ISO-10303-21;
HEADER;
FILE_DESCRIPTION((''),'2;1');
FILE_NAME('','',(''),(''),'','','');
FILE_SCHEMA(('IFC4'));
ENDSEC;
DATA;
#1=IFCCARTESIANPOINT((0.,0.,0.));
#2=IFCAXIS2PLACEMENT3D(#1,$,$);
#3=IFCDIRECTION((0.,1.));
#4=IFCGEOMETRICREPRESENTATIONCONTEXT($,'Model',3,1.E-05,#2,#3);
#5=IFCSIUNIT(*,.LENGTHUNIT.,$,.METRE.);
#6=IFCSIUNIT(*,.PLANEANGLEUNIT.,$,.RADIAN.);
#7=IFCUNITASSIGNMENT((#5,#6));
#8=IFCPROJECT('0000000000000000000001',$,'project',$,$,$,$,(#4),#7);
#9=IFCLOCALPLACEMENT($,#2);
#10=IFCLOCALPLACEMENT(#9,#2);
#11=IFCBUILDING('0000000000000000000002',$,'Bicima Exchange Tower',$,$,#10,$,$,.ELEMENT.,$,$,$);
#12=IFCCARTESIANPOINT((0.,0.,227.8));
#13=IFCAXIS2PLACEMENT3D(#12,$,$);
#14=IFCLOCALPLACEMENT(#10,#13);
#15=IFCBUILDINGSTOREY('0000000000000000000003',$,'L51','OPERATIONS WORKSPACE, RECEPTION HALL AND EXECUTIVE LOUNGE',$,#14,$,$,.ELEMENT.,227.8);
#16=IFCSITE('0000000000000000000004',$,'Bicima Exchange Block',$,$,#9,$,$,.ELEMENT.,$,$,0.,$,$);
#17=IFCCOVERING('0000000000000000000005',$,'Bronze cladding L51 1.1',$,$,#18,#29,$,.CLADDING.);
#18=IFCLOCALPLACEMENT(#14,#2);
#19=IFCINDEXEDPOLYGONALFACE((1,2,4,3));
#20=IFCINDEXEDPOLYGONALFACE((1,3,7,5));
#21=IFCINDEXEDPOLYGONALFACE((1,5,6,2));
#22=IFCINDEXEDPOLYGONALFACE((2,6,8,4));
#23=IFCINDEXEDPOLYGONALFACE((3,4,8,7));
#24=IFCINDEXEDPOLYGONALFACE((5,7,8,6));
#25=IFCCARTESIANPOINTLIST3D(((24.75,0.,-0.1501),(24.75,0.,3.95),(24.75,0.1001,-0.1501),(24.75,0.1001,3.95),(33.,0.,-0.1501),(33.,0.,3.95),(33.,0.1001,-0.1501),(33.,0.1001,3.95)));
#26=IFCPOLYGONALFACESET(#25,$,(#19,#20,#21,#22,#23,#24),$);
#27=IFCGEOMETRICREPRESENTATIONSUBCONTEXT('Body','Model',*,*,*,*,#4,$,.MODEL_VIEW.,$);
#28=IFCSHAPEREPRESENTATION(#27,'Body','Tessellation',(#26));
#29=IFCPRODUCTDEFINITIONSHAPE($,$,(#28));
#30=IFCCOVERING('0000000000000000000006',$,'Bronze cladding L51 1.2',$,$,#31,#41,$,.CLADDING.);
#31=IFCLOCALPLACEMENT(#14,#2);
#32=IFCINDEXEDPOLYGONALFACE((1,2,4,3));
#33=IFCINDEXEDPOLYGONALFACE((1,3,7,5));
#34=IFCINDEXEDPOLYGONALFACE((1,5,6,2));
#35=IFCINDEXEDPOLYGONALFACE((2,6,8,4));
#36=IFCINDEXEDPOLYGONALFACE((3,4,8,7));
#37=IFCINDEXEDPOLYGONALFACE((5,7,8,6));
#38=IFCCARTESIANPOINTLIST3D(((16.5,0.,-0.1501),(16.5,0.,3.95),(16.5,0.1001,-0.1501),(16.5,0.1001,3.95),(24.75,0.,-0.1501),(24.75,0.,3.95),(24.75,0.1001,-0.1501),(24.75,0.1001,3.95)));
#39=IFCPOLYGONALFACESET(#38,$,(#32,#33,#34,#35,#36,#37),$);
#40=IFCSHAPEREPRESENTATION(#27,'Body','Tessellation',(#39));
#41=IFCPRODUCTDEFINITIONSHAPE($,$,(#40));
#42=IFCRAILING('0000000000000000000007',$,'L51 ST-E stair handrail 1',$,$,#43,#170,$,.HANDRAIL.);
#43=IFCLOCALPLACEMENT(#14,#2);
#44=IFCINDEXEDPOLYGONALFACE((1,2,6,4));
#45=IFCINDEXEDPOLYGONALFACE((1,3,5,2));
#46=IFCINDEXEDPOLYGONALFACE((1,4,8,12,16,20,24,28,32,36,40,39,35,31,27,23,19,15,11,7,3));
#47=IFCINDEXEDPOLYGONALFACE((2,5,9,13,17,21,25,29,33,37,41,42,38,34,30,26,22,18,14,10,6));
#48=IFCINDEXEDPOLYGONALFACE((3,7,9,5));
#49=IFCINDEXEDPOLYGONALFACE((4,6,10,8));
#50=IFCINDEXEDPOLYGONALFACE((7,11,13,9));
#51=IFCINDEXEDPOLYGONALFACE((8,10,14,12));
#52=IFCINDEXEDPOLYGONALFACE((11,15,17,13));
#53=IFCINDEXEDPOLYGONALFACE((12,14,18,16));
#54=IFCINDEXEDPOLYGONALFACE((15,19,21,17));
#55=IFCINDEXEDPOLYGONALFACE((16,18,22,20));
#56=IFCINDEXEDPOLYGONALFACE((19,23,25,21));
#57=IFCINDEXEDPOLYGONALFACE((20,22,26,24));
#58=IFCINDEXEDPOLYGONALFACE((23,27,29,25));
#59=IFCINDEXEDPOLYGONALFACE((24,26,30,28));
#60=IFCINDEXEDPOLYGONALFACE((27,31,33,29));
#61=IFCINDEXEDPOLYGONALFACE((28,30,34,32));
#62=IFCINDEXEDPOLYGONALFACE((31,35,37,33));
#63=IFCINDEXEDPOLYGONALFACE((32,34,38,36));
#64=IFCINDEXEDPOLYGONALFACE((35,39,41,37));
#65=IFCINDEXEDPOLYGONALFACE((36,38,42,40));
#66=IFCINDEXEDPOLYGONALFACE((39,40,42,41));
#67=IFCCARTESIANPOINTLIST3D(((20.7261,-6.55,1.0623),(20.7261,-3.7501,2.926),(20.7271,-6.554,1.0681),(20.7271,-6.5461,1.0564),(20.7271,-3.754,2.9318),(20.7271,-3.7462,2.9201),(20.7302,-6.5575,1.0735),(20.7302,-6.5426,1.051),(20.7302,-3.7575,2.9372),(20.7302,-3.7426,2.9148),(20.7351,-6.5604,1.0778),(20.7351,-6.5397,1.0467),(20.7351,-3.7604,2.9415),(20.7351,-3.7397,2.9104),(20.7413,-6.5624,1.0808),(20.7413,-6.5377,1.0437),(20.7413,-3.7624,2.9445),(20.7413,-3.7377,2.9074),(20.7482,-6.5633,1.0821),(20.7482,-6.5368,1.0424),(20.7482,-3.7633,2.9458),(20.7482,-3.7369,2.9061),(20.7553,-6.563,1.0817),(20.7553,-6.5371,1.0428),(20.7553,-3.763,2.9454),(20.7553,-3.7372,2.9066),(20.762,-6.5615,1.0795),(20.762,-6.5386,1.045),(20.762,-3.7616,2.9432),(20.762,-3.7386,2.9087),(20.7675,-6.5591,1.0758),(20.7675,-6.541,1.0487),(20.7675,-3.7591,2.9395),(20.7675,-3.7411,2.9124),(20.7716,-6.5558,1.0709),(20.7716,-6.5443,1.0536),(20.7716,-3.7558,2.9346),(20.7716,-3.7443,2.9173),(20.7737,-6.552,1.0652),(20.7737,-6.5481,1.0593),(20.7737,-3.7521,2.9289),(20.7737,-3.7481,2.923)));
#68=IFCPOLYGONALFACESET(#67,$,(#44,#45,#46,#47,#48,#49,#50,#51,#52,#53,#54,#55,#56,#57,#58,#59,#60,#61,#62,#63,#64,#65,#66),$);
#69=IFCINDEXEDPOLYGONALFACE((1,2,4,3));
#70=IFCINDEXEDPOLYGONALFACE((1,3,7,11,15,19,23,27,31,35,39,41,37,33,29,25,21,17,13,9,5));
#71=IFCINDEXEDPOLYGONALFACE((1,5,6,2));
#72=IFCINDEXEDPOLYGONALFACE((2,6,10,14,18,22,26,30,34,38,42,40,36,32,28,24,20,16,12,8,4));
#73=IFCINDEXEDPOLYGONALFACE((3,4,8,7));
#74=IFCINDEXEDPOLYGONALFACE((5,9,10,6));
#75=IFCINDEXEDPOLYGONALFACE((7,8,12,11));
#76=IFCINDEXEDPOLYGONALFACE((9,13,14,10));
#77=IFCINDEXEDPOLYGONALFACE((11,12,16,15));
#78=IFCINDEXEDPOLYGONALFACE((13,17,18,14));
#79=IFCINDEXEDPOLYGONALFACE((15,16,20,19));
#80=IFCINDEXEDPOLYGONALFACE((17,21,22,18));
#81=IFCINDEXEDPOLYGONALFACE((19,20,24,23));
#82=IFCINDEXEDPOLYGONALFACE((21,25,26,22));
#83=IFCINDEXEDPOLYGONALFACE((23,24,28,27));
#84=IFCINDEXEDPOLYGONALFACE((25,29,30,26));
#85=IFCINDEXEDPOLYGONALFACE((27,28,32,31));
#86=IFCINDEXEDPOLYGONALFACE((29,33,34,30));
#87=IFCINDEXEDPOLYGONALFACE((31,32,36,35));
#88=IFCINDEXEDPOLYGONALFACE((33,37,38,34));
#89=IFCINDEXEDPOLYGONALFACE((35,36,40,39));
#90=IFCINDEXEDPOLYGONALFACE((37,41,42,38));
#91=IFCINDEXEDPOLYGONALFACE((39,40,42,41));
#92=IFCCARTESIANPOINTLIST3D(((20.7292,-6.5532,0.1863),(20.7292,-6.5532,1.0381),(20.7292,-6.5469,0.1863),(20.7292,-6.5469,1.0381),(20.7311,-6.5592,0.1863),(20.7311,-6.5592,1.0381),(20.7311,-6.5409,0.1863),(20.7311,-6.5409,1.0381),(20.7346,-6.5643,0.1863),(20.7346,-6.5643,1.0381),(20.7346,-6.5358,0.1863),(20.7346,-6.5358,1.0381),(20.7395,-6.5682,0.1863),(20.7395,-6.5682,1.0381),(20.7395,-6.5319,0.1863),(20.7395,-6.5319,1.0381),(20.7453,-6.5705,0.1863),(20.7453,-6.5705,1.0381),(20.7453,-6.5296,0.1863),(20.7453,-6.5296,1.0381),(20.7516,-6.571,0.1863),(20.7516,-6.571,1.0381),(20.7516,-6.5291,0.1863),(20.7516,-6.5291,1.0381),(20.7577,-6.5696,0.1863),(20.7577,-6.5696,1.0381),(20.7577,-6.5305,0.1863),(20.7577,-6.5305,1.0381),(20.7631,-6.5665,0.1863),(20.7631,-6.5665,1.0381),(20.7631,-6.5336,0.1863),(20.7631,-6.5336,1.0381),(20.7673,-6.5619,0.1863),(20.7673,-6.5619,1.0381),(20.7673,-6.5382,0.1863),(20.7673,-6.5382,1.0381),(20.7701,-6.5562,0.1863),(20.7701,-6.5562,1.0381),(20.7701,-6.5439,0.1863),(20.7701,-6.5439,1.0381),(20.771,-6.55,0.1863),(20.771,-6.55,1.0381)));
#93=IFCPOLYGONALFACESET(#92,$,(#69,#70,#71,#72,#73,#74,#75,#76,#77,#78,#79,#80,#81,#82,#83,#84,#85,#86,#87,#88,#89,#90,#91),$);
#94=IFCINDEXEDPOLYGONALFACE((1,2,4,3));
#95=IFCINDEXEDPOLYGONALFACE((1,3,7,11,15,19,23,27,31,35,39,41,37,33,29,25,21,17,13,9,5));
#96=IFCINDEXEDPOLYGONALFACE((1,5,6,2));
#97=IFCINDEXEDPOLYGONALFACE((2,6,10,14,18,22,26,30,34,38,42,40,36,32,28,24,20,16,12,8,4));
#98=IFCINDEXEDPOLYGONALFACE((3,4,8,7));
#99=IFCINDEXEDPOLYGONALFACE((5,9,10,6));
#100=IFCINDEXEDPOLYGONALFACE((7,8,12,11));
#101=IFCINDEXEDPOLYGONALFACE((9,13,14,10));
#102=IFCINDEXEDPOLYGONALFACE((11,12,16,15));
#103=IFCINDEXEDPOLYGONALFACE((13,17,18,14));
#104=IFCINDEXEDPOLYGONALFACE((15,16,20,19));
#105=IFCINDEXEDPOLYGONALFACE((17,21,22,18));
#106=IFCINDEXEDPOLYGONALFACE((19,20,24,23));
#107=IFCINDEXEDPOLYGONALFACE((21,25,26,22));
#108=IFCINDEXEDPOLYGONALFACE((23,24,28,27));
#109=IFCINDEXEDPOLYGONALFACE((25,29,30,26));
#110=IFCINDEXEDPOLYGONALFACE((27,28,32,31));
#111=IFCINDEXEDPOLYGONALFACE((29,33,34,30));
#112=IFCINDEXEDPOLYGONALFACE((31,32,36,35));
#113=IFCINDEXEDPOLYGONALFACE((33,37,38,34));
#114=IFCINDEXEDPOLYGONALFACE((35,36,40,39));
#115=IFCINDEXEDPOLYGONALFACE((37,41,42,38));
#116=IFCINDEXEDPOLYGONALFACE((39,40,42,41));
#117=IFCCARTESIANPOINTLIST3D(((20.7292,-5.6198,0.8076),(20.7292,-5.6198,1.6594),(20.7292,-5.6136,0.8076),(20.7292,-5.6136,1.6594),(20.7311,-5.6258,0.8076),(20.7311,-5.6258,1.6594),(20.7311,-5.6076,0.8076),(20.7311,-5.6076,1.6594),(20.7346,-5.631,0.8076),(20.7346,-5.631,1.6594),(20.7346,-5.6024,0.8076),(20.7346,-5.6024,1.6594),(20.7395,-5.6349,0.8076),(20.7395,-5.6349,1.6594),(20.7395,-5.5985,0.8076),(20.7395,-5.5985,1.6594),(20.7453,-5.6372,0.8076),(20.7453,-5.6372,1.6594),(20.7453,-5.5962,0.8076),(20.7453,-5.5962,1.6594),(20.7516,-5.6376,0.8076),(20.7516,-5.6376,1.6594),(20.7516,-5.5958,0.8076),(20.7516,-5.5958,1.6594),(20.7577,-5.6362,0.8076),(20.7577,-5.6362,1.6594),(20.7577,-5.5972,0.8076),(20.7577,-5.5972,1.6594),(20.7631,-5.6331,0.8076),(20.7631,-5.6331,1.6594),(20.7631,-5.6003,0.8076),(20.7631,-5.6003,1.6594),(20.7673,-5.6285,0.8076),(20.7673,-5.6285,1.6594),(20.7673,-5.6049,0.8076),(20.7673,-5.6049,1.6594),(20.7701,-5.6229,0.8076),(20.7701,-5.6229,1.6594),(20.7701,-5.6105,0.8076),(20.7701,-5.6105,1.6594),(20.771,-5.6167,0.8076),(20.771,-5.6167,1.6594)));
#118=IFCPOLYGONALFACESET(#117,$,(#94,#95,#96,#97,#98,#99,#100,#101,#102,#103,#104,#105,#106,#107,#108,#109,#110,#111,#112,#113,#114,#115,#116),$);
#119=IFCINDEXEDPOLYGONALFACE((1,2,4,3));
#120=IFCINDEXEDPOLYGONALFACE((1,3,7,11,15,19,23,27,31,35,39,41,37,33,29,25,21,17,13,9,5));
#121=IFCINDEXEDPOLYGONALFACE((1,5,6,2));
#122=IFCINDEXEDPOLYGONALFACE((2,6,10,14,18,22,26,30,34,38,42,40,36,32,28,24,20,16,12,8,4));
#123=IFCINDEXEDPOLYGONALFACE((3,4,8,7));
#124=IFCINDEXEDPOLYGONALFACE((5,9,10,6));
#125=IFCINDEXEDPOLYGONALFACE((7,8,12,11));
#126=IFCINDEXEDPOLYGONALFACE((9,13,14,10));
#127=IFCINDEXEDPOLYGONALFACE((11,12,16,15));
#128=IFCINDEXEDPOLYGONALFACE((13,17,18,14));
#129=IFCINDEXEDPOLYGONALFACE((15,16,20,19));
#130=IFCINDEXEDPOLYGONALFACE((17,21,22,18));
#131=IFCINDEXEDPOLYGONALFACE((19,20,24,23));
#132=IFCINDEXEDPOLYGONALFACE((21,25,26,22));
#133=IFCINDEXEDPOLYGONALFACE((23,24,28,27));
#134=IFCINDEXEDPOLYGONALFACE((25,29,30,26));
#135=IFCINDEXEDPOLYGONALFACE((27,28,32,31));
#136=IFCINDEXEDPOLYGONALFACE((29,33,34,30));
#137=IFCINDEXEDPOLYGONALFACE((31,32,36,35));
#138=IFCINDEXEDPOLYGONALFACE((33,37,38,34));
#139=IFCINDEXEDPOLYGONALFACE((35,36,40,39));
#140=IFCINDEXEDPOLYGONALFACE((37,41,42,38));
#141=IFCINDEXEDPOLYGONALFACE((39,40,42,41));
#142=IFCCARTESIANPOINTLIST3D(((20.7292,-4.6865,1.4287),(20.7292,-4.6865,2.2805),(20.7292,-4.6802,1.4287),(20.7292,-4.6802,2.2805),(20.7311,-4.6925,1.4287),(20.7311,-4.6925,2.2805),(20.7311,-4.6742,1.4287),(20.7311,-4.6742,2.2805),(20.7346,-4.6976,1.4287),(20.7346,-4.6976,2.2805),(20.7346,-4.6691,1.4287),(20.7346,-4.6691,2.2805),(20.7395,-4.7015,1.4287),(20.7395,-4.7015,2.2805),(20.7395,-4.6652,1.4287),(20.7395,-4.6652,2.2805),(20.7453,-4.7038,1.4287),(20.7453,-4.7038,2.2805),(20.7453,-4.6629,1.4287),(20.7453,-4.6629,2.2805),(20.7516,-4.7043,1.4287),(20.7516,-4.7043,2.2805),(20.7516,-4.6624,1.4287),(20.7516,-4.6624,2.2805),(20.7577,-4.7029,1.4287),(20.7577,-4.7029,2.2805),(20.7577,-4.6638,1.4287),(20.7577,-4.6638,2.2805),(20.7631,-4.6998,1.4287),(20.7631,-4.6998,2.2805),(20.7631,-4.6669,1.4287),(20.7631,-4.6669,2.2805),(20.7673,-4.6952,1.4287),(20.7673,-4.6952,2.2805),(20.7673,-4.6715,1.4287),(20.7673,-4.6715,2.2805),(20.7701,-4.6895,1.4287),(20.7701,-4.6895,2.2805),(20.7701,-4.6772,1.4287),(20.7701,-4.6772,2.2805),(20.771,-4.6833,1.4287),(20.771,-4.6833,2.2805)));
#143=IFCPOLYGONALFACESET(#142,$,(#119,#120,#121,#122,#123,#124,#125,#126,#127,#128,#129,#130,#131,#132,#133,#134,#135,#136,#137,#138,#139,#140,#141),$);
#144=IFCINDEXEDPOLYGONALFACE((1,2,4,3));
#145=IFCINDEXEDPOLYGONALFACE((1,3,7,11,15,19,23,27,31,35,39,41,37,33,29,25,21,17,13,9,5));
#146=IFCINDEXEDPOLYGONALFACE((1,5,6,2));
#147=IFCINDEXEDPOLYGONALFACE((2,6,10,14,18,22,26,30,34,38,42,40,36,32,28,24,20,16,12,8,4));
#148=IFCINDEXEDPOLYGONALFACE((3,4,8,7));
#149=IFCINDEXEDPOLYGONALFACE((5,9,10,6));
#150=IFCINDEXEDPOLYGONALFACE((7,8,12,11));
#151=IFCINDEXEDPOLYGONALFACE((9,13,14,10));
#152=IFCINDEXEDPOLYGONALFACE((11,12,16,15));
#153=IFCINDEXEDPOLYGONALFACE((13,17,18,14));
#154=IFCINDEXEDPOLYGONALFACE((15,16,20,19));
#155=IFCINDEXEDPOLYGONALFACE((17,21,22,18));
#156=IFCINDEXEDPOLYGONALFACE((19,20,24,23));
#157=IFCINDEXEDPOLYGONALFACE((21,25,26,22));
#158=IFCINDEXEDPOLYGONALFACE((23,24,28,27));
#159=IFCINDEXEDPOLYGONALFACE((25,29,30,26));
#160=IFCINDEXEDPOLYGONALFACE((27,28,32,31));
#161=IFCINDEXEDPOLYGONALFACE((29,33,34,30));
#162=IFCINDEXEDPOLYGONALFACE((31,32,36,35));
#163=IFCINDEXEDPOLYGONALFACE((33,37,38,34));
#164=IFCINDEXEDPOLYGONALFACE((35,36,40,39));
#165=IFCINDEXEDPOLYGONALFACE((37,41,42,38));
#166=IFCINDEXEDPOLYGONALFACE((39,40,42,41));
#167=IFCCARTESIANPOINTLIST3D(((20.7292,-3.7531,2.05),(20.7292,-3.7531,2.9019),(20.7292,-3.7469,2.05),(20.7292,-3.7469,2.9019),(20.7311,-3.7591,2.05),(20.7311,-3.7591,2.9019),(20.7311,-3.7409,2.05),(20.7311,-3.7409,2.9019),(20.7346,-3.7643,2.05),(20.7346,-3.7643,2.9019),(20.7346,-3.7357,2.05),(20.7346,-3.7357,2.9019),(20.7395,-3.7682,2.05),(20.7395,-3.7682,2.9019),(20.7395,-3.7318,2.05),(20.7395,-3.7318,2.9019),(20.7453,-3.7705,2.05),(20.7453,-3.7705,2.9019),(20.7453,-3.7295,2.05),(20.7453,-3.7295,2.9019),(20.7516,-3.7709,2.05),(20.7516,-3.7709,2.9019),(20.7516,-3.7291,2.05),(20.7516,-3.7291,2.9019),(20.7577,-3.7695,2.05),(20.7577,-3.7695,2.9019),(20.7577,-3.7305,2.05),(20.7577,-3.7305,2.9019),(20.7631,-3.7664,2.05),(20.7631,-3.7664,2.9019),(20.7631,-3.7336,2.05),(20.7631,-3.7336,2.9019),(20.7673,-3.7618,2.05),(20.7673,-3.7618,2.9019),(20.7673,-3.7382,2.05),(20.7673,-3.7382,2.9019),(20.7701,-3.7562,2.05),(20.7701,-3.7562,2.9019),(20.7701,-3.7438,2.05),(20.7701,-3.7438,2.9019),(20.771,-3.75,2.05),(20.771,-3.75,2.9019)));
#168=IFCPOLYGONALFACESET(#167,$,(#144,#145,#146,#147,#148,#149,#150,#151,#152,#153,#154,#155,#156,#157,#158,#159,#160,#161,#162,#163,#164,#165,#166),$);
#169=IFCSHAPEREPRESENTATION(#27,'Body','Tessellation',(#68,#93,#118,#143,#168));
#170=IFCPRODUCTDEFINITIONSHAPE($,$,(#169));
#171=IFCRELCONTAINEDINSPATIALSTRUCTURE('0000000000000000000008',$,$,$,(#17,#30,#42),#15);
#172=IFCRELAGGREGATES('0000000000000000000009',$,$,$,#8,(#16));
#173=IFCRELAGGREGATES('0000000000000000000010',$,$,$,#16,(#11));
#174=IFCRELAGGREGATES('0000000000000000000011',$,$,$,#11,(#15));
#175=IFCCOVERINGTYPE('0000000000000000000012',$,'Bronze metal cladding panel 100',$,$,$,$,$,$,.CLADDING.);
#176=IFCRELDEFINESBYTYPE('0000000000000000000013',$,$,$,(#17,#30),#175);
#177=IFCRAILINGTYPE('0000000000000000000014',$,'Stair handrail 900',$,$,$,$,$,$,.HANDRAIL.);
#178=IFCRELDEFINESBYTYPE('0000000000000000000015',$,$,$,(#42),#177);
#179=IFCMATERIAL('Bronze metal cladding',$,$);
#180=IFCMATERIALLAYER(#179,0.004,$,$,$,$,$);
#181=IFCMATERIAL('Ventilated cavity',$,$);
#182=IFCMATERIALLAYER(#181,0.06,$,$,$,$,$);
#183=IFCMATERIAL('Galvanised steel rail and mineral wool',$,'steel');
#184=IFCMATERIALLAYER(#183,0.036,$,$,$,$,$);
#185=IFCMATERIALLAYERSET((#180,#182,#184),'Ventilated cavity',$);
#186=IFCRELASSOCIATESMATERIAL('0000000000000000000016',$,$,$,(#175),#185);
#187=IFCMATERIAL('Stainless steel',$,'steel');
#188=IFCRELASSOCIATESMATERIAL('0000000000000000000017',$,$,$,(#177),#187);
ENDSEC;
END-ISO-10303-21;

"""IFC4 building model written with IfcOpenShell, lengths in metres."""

from ifc_helpers import new_model, si_unit, direction, frame, origin, origin_2d, place, context, subcontext, project, spatial, rectangle, circle, extrude, material, layer, layer_set, type_object, element, save


model = new_model("IFC4")

# Units and contexts
model_context = context("Model", 3, precision=1e-05, world=origin(), true_north=direction((0.0, 1.0)))
body_context = subcontext(model_context, "Body", "Model", "MODEL_VIEW")
ifc_project = project(units=[si_unit("LENGTHUNIT", "METRE"), si_unit("PLANEANGLEUNIT", "RADIAN")], contexts=[model_context])

# Site, building, storey
site_placement = place(None, origin())
site = spatial("IfcSite", under=ifc_project, at=site_placement, Name="Bicima Exchange Block", CompositionType="ELEMENT", RefElevation=0.0)
building_placement = place(site_placement, origin())
building = spatial("IfcBuilding", under=site, at=building_placement, Name="Bicima Exchange Tower", CompositionType="ELEMENT")
storey_placement = place(building_placement, frame((0.0, 0.0, 227.8)))
storey = spatial("IfcBuildingStorey", under=building, at=storey_placement, Name="L51", Description="OPERATIONS WORKSPACE, RECEPTION HALL AND EXECUTIVE LOUNGE", CompositionType="ELEMENT", Elevation=227.8)

# Coverings
ifc_material_1 = material(Name="Bronze metal cladding")
ifc_layer_1 = layer(ifc_material_1, 0.004)
ifc_material_2 = material(Name="Ventilated cavity")
ifc_layer_2 = layer(ifc_material_2, 0.06)
ifc_material_3 = material(Name="Galvanised steel rail and mineral wool", Category="steel")
ifc_layer_3 = layer(ifc_material_3, 0.036)
ifc_layer_set_1 = layer_set([ifc_layer_1, ifc_layer_2, ifc_layer_3], Name="Ventilated cavity")
covering_type = type_object("IfcCoveringType", Name="Bronze metal cladding panel 100", PredefinedType="CLADDING", material=ifc_layer_set_1)
for number, where, z_axis, x_axis, name in (
    (1, (28.875, 0.05, -0.1501), (0.0, 0.0, 1.0), (-1.0, 0.0, 0.0), "Bronze cladding L51 1.1"),
    (2, (20.625, 0.05, -0.1501), (0.0, 0.0, 1.0), (-1.0, 0.0, 0.0), "Bronze cladding L51 1.2"),
):
    element("IfcCovering", number, at=place(storey_placement, frame(where, z_axis=z_axis, x_axis=x_axis)), inside=storey, type_object=covering_type, Name=name, PredefinedType="CLADDING", context=body_context, shape_type="SweptSolid", body=[
        extrude(rectangle(XDim=8.25, YDim=0.1001, at=origin_2d()), origin(), (0.0, 0.0, 1.0), 4.1001),
    ])

# Railing
ifc_material_4 = material(Name="Stainless steel", Category="steel")
railing_type_1 = type_object("IfcRailingType", Name="Stair handrail 900", PredefinedType="HANDRAIL", material=ifc_material_4)
railing_1_placement = place(storey_placement, frame((20.75, -6.55, 0.1863)))
element("IfcRailing", 3, at=railing_1_placement, inside=storey, type_object=railing_type_1, Name="L51 ST-E stair handrail 1", PredefinedType="HANDRAIL", context=body_context, shape_type="SweptSolid", body=[
    extrude(circle(Radius=0.0239, at=origin_2d()), frame((0.0, 0.0, 0.876), z_axis=(0.0, 0.832452, 0.554097), x_axis=(-1.0, 0.0, 0.0)), (0.0, 0.0, 1.0), 3.3635),
    extrude(circle(Radius=0.021, at=origin_2d()), origin(), (0.0, 0.0, 1.0), 0.8518),
    extrude(circle(Radius=0.021, at=origin_2d()), frame((0.0, 0.9333, 0.6213)), (0.0, 0.0, 1.0), 0.8518),
    extrude(circle(Radius=0.021, at=origin_2d()), frame((0.0, 1.8667, 1.2424)), (0.0, 0.0, 1.0), 0.8518),
    extrude(circle(Radius=0.021, at=origin_2d()), frame((0.0, 2.8, 1.8638)), (0.0, 0.0, 1.0), 0.8518),
])

save(model, "model.ifc")
